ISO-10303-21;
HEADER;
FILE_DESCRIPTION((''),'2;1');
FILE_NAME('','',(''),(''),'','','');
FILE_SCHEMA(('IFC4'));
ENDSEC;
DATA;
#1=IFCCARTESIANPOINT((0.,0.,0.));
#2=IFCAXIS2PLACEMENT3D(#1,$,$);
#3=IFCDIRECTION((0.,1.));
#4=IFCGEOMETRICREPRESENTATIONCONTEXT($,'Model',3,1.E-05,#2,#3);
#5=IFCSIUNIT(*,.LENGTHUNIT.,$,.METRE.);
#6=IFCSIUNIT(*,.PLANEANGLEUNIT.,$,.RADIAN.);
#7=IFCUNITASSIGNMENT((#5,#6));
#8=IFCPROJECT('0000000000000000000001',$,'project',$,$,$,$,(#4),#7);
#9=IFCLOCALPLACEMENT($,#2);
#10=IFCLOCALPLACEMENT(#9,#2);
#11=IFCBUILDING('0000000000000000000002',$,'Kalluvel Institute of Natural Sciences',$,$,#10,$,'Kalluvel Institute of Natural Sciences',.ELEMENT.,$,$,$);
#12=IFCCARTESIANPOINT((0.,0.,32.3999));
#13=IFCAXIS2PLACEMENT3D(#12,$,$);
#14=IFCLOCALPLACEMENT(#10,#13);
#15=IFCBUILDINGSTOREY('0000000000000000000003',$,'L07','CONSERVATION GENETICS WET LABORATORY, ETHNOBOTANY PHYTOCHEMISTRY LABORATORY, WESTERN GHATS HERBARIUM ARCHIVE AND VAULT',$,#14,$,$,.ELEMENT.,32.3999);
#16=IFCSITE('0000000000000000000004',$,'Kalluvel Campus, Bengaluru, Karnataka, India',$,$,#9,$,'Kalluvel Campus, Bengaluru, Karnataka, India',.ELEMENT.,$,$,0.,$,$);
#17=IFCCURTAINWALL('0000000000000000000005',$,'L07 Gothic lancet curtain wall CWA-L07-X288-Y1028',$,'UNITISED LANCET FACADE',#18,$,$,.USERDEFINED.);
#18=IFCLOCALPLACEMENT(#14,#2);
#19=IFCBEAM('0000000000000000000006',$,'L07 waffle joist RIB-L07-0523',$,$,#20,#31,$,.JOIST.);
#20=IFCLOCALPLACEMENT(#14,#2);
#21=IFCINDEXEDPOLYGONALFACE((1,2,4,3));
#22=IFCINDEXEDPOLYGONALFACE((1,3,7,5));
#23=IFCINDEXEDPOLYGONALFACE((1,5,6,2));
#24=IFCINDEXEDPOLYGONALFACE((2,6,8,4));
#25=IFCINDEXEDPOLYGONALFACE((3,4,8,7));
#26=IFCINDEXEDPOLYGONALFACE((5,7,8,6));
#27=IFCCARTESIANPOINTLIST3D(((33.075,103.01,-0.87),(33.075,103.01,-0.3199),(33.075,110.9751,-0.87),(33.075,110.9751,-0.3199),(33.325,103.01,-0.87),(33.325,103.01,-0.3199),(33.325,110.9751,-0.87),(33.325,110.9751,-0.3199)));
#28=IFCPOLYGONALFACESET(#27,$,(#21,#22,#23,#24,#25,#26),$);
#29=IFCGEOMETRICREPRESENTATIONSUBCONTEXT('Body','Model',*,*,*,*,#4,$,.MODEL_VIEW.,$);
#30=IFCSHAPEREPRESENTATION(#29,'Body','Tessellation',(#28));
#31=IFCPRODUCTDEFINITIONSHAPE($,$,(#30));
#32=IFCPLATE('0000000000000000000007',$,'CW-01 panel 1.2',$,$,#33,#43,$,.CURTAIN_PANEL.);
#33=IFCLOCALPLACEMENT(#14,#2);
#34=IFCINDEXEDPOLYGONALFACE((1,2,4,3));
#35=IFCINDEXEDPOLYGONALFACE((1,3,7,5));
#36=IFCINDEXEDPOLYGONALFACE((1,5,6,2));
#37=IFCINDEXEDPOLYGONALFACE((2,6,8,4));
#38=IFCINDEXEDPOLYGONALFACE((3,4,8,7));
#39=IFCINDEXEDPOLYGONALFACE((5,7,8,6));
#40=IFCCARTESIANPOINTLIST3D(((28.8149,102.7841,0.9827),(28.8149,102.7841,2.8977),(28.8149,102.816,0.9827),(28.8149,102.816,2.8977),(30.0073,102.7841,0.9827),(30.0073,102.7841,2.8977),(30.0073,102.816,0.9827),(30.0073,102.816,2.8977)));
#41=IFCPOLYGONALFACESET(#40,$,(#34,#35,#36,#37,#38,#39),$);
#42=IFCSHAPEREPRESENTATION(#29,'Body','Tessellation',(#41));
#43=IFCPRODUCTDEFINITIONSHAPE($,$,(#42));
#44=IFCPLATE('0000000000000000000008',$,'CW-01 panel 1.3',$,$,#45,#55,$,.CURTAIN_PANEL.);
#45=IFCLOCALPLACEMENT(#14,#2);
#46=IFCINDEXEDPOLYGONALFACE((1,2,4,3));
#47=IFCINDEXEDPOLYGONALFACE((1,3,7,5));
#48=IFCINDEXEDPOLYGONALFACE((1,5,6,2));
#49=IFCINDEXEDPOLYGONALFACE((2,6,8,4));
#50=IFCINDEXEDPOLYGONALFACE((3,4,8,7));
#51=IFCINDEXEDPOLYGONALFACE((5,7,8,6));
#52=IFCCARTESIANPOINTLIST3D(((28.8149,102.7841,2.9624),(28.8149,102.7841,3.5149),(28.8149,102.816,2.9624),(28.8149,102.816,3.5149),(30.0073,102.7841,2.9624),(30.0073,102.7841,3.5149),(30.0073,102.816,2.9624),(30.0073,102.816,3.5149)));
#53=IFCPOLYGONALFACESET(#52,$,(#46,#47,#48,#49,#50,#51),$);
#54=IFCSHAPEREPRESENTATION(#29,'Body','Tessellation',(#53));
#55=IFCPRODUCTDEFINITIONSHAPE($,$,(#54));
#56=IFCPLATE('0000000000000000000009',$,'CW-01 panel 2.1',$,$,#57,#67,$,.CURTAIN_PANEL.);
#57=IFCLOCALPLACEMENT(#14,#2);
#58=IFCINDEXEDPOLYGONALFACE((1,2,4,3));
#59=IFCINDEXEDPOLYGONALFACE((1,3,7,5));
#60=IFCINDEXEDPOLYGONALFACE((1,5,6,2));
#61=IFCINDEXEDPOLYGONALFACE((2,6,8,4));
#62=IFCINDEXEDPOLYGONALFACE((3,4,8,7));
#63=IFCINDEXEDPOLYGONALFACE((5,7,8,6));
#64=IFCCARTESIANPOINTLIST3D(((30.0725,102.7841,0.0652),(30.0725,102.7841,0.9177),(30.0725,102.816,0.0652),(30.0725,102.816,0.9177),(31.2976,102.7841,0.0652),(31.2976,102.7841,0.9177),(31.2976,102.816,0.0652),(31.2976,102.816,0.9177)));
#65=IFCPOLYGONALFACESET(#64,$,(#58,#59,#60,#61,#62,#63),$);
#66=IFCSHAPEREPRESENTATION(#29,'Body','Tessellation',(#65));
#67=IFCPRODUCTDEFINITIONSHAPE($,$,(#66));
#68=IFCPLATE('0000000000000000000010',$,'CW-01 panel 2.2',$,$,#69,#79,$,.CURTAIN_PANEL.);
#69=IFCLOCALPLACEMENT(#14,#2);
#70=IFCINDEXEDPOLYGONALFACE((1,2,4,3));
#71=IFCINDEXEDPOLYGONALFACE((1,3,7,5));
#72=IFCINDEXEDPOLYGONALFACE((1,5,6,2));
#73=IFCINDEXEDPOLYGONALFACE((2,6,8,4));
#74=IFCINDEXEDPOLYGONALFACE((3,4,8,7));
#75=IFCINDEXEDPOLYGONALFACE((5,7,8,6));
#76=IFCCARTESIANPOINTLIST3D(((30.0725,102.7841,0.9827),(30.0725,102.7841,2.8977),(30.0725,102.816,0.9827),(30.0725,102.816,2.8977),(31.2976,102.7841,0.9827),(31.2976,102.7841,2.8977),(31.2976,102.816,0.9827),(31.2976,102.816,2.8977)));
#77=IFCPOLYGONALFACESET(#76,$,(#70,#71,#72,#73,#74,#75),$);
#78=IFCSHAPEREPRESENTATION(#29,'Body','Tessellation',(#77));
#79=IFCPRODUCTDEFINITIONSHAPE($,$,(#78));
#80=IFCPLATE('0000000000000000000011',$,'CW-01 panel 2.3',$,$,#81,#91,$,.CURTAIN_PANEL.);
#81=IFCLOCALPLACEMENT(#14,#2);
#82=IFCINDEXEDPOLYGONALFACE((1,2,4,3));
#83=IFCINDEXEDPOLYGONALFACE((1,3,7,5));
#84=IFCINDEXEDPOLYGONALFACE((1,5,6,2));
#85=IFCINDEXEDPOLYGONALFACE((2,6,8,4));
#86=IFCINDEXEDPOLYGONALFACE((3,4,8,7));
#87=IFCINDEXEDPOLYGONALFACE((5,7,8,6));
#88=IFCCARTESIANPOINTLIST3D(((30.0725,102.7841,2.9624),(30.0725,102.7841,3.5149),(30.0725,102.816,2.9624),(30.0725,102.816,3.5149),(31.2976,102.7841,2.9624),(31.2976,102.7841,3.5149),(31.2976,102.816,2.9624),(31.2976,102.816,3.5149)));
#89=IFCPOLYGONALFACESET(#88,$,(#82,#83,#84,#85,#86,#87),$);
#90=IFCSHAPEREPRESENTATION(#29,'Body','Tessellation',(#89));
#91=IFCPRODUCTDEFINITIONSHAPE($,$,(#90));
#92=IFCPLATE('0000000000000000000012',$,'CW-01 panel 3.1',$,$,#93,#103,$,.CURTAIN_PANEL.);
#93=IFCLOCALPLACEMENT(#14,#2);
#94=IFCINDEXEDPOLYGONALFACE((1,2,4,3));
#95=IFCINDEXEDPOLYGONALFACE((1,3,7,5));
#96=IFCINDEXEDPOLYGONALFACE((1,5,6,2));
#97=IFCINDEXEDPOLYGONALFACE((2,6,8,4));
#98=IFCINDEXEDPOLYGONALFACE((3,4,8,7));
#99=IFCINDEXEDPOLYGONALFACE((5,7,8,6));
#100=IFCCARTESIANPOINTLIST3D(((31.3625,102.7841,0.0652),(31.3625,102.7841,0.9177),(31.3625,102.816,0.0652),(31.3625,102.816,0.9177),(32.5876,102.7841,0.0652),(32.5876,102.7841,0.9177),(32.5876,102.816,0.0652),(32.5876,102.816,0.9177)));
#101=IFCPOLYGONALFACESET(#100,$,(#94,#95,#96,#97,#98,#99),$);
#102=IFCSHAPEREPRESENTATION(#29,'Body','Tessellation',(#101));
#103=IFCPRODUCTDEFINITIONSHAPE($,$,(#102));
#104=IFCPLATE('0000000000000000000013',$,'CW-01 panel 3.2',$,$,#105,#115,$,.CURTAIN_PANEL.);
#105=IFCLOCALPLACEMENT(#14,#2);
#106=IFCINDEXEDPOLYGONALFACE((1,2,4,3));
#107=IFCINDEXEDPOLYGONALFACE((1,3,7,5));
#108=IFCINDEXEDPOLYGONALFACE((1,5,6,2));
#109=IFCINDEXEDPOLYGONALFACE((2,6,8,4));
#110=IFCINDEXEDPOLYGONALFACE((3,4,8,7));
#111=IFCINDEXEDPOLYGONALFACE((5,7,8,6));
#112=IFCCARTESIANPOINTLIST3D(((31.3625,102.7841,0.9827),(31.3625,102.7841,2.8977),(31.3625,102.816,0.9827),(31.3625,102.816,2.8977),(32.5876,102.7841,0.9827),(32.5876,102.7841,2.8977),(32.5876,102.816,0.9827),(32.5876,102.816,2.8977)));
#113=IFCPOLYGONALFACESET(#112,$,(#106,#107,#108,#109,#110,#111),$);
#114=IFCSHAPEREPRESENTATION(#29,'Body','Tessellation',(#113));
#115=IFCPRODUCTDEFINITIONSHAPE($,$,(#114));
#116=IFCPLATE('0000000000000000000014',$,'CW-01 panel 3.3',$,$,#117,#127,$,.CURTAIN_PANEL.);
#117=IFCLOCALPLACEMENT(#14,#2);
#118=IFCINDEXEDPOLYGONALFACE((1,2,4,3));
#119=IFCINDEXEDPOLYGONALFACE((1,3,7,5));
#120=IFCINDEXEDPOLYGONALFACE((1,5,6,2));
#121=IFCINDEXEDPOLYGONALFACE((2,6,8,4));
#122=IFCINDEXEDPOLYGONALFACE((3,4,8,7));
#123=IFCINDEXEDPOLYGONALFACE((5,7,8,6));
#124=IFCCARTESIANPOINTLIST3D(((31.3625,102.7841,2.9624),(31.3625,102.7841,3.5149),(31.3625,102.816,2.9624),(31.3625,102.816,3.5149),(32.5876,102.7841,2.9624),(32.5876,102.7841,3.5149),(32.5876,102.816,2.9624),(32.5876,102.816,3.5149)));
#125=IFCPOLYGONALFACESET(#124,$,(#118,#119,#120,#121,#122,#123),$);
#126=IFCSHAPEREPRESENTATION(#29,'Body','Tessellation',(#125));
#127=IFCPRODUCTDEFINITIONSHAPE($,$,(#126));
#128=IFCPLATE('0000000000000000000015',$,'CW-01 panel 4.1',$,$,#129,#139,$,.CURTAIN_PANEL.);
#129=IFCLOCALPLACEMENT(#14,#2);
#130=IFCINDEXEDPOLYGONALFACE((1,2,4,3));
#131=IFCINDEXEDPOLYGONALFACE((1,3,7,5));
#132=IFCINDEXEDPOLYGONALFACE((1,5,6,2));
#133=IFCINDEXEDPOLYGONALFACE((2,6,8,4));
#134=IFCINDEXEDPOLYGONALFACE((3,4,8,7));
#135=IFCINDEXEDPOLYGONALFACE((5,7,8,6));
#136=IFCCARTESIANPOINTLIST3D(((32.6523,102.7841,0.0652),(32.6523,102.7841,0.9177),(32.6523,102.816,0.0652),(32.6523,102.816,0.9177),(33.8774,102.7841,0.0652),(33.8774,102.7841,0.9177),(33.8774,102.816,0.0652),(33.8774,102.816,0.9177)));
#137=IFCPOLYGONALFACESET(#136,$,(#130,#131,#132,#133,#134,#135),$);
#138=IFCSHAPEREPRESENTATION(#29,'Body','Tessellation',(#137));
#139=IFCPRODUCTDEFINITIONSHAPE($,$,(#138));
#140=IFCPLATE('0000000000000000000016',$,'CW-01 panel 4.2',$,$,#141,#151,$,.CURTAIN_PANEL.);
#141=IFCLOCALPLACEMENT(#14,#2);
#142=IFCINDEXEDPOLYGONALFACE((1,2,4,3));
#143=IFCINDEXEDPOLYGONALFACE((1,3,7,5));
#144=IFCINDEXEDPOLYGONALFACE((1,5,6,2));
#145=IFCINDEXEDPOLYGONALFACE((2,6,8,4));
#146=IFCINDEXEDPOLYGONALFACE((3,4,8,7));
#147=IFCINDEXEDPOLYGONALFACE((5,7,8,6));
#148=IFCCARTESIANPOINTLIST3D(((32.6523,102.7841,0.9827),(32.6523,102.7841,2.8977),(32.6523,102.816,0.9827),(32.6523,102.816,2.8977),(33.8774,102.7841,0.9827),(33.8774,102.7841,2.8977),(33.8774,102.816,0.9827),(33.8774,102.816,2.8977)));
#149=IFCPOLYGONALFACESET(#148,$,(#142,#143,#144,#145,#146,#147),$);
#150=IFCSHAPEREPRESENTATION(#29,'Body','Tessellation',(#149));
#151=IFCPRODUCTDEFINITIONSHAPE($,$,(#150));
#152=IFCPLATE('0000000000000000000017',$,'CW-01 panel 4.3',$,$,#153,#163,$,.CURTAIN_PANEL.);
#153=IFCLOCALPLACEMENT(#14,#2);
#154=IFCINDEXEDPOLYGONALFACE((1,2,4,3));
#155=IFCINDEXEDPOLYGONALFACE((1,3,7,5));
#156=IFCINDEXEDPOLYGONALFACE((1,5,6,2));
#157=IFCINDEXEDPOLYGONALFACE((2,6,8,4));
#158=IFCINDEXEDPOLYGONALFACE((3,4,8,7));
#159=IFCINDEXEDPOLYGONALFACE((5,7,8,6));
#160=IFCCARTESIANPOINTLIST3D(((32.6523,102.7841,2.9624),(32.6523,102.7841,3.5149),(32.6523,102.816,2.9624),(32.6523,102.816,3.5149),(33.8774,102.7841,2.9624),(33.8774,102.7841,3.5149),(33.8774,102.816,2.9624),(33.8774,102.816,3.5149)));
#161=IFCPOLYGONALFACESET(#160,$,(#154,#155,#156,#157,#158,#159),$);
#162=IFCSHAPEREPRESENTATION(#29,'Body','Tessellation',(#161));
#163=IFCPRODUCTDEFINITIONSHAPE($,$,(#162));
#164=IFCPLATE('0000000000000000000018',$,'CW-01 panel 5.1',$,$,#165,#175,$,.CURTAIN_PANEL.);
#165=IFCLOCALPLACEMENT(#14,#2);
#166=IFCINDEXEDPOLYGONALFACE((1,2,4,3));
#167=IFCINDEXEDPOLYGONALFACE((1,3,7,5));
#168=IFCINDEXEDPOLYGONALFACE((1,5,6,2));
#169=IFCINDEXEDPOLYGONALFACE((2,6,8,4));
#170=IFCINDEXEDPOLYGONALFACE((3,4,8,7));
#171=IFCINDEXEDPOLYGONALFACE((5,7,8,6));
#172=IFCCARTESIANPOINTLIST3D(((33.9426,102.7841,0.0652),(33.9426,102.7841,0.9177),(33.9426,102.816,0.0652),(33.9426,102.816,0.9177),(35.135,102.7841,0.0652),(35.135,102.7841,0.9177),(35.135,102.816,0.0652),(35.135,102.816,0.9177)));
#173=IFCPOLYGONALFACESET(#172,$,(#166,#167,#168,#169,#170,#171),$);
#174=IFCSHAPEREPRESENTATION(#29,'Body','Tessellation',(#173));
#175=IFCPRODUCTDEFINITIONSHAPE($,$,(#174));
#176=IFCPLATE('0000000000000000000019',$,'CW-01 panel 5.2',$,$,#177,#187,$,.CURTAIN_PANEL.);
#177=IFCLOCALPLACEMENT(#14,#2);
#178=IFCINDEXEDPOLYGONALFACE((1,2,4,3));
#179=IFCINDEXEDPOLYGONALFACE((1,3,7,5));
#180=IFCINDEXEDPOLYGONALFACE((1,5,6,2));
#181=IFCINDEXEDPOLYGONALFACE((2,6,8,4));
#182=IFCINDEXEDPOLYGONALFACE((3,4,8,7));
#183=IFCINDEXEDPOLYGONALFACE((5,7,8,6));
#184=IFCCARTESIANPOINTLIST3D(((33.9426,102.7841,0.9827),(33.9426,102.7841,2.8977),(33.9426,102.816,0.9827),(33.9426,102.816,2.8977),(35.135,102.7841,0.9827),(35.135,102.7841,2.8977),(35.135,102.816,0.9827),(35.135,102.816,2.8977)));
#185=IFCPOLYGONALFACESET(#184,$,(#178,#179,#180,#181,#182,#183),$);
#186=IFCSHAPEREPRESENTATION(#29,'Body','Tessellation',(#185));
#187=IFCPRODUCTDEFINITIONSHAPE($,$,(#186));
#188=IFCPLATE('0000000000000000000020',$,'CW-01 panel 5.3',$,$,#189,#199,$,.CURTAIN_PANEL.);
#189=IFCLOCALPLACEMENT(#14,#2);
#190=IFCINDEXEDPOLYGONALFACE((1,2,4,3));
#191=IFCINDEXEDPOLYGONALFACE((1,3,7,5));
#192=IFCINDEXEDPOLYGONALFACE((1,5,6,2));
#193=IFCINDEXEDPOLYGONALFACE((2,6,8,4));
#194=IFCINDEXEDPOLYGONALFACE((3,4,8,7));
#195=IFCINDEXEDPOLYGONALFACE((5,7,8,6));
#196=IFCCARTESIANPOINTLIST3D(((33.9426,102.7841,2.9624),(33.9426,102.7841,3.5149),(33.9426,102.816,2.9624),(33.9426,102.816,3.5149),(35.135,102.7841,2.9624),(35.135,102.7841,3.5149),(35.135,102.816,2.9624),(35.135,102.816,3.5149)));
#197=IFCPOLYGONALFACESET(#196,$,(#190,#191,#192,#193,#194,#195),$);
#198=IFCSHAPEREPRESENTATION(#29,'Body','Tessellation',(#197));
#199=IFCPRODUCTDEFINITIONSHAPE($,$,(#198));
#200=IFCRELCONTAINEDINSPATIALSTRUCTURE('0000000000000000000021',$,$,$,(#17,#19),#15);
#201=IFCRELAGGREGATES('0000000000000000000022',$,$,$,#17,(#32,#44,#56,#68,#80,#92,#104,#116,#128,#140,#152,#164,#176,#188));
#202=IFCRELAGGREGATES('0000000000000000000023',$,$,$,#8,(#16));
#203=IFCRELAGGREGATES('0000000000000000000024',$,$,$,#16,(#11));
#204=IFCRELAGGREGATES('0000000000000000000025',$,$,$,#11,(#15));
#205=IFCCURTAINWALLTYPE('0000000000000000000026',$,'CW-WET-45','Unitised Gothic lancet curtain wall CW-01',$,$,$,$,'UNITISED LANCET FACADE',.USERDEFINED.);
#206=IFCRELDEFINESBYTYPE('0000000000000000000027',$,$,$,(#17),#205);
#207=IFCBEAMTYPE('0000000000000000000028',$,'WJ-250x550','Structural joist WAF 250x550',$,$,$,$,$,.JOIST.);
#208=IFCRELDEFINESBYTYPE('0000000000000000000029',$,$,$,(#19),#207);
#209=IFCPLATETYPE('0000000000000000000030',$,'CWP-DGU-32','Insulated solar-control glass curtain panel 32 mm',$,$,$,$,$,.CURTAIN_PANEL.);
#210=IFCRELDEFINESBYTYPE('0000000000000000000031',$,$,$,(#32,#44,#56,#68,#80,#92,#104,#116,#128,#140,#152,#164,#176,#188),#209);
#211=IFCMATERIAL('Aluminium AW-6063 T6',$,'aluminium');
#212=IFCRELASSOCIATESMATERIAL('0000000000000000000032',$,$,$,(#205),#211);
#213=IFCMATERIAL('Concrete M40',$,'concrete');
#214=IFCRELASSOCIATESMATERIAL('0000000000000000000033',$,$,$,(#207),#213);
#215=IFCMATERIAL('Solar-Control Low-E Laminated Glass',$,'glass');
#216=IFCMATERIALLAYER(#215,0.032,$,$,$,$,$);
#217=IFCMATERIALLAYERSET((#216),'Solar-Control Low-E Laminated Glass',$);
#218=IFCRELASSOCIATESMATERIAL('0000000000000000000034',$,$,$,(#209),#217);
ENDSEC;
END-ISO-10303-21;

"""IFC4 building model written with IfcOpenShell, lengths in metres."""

from ifc_helpers import new_model, si_unit, direction, frame, origin, origin_2d, place, context, subcontext, project, spatial, rectangle, extrude, material, layer, layer_set, material_profile, profile_set, type_object, element, aggregate, save


model = new_model("IFC4")

# Units and contexts
model_context = context("Model", 3, precision=1e-05, world=origin(), true_north=direction((0.0, 1.0)))
body_context = subcontext(model_context, "Body", "Model", "MODEL_VIEW")
ifc_project = project(units=[si_unit("LENGTHUNIT", "METRE"), si_unit("PLANEANGLEUNIT", "RADIAN")], contexts=[model_context])

# Site, building, storey
site_placement = place(None, origin())
site = spatial("IfcSite", under=ifc_project, at=site_placement, Name="Kalluvel Campus, Bengaluru, Karnataka, India", LongName="Kalluvel Campus, Bengaluru, Karnataka, India", CompositionType="ELEMENT", RefElevation=0.0)
building_placement = place(site_placement, origin())
building = spatial("IfcBuilding", under=site, at=building_placement, Name="Kalluvel Institute of Natural Sciences", LongName="Kalluvel Institute of Natural Sciences", CompositionType="ELEMENT")
storey_placement = place(building_placement, frame((0.0, 0.0, 32.3999)))
storey = spatial("IfcBuildingStorey", under=building, at=storey_placement, Name="L07", Description="CONSERVATION GENETICS WET LABORATORY, ETHNOBOTANY PHYTOCHEMISTRY LABORATORY, WESTERN GHATS HERBARIUM ARCHIVE AND VAULT", CompositionType="ELEMENT", Elevation=32.3999)

# Curtain wall
ifc_material_1 = material(Name="Aluminium AW-6063 T6", Category="aluminium")
curtain_wall_type = type_object("IfcCurtainWallType", Name="CW-WET-45", Description="Unitised Gothic lancet curtain wall CW-01", ElementType="UNITISED LANCET FACADE", PredefinedType="USERDEFINED", material=ifc_material_1)
curtain_wall_placement = place(storey_placement, origin())
curtain_wall = element("IfcCurtainWall", 1, at=curtain_wall_placement, inside=storey, type_object=curtain_wall_type, Name="L07 Gothic lancet curtain wall CWA-L07-X288-Y1028", ObjectType="UNITISED LANCET FACADE", PredefinedType="USERDEFINED")

# Beam
ifc_material_2 = material(Name="Concrete M40", Category="concrete")
ifc_material_profile_1 = material_profile(ifc_material_2, rectangle(XDim=0.25, YDim=0.55, at=origin_2d()), Name="WAF 250x550")
ifc_profile_set_1 = profile_set([ifc_material_profile_1], Name="Concrete M40")
beam_type_1 = type_object("IfcBeamType", Name="WJ-250x550", Description="Structural joist WAF 250x550", PredefinedType="JOIST", material=ifc_profile_set_1)
beam_1_placement = place(storey_placement, frame((33.2, 103.01, -0.595), z_axis=(0.0, 1.0, 0.0), x_axis=(-1.0, 0.0, 0.0)))
element("IfcBeam", 2, at=beam_1_placement, inside=storey, type_object=beam_type_1, Name="L07 waffle joist RIB-L07-0523", PredefinedType="JOIST", context=body_context, shape_type="SweptSolid", body=[
    extrude(rectangle(XDim=0.25, YDim=0.55, at=origin_2d()), origin(), (0.0, 0.0, 1.0), 7.9651),
])

# Plates
ifc_material_3 = material(Name="Solar-Control Low-E Laminated Glass", Category="glass")
ifc_layer_1 = layer(ifc_material_3, 0.032)
ifc_layer_set_1 = layer_set([ifc_layer_1], Name="Solar-Control Low-E Laminated Glass")
plate_type = type_object("IfcPlateType", Name="CWP-DGU-32", Description="Insulated solar-control glass curtain panel 32 mm", PredefinedType="CURTAIN_PANEL", material=ifc_layer_set_1)
plate_1_placement = place(storey_placement, frame((29.4111, 102.8, 0.9827), z_axis=(0.0, 0.0, 1.0), x_axis=(1.0, 0.0, 0.0)))
plate_1 = element("IfcPlate", 3, at=plate_1_placement, type_object=plate_type, Name="CW-01 panel 1.2", PredefinedType="CURTAIN_PANEL", context=body_context, shape_type="SweptSolid", body=[
    extrude(rectangle(XDim=1.1924, YDim=0.032, at=origin_2d()), origin(), (0.0, 0.0, 1.0), 1.915),
])
plate_2_placement = place(storey_placement, frame((29.4111, 102.8, 2.9624), z_axis=(0.0, 0.0, 1.0), x_axis=(1.0, 0.0, 0.0)))
plate_2 = element("IfcPlate", 4, at=plate_2_placement, type_object=plate_type, Name="CW-01 panel 1.3", PredefinedType="CURTAIN_PANEL", context=body_context, shape_type="SweptSolid", body=[
    extrude(rectangle(XDim=1.1924, YDim=0.032, at=origin_2d()), origin(), (0.0, 0.0, 1.0), 0.5525),
])
plate_3_placement = place(storey_placement, frame((30.6851, 102.8, 0.0652), z_axis=(0.0, 0.0, 1.0), x_axis=(1.0, 0.0, 0.0)))
plate_3 = element("IfcPlate", 5, at=plate_3_placement, type_object=plate_type, Name="CW-01 panel 2.1", PredefinedType="CURTAIN_PANEL", context=body_context, shape_type="SweptSolid", body=[
    extrude(rectangle(XDim=1.2251, YDim=0.032, at=origin_2d()), origin(), (0.0, 0.0, 1.0), 0.8525),
])
plate_4_placement = place(storey_placement, frame((30.6851, 102.8, 0.9827), z_axis=(0.0, 0.0, 1.0), x_axis=(1.0, 0.0, 0.0)))
plate_4 = element("IfcPlate", 6, at=plate_4_placement, type_object=plate_type, Name="CW-01 panel 2.2", PredefinedType="CURTAIN_PANEL", context=body_context, shape_type="SweptSolid", body=[
    extrude(rectangle(XDim=1.2251, YDim=0.032, at=origin_2d()), origin(), (0.0, 0.0, 1.0), 1.915),
])
plate_5_placement = place(storey_placement, frame((30.6851, 102.8, 2.9624), z_axis=(0.0, 0.0, 1.0), x_axis=(1.0, 0.0, 0.0)))
plate_5 = element("IfcPlate", 7, at=plate_5_placement, type_object=plate_type, Name="CW-01 panel 2.3", PredefinedType="CURTAIN_PANEL", context=body_context, shape_type="SweptSolid", body=[
    extrude(rectangle(XDim=1.2251, YDim=0.032, at=origin_2d()), origin(), (0.0, 0.0, 1.0), 0.5525),
])
plate_6_placement = place(storey_placement, frame((31.9751, 102.8, 0.0652), z_axis=(0.0, 0.0, 1.0), x_axis=(1.0, 0.0, 0.0)))
plate_6 = element("IfcPlate", 8, at=plate_6_placement, type_object=plate_type, Name="CW-01 panel 3.1", PredefinedType="CURTAIN_PANEL", context=body_context, shape_type="SweptSolid", body=[
    extrude(rectangle(XDim=1.2251, YDim=0.032, at=origin_2d()), origin(), (0.0, 0.0, 1.0), 0.8525),
])
plate_7_placement = place(storey_placement, frame((31.9751, 102.8, 0.9827), z_axis=(0.0, 0.0, 1.0), x_axis=(1.0, 0.0, 0.0)))
plate_7 = element("IfcPlate", 9, at=plate_7_placement, type_object=plate_type, Name="CW-01 panel 3.2", PredefinedType="CURTAIN_PANEL", context=body_context, shape_type="SweptSolid", body=[
    extrude(rectangle(XDim=1.2251, YDim=0.032, at=origin_2d()), origin(), (0.0, 0.0, 1.0), 1.915),
])
plate_8_placement = place(storey_placement, frame((31.9751, 102.8, 2.9624), z_axis=(0.0, 0.0, 1.0), x_axis=(1.0, 0.0, 0.0)))
plate_8 = element("IfcPlate", 10, at=plate_8_placement, type_object=plate_type, Name="CW-01 panel 3.3", PredefinedType="CURTAIN_PANEL", context=body_context, shape_type="SweptSolid", body=[
    extrude(rectangle(XDim=1.2251, YDim=0.032, at=origin_2d()), origin(), (0.0, 0.0, 1.0), 0.5525),
])
plate_9_placement = place(storey_placement, frame((33.2649, 102.8, 0.0652), z_axis=(0.0, 0.0, 1.0), x_axis=(1.0, 0.0, 0.0)))
plate_9 = element("IfcPlate", 11, at=plate_9_placement, type_object=plate_type, Name="CW-01 panel 4.1", PredefinedType="CURTAIN_PANEL", context=body_context, shape_type="SweptSolid", body=[
    extrude(rectangle(XDim=1.2251, YDim=0.032, at=origin_2d()), origin(), (0.0, 0.0, 1.0), 0.8525),
])
plate_10_placement = place(storey_placement, frame((33.2649, 102.8, 0.9827), z_axis=(0.0, 0.0, 1.0), x_axis=(1.0, 0.0, 0.0)))
plate_10 = element("IfcPlate", 12, at=plate_10_placement, type_object=plate_type, Name="CW-01 panel 4.2", PredefinedType="CURTAIN_PANEL", context=body_context, shape_type="SweptSolid", body=[
    extrude(rectangle(XDim=1.2251, YDim=0.032, at=origin_2d()), origin(), (0.0, 0.0, 1.0), 1.915),
])
plate_11_placement = place(storey_placement, frame((33.2649, 102.8, 2.9624), z_axis=(0.0, 0.0, 1.0), x_axis=(1.0, 0.0, 0.0)))
plate_11 = element("IfcPlate", 13, at=plate_11_placement, type_object=plate_type, Name="CW-01 panel 4.3", PredefinedType="CURTAIN_PANEL", context=body_context, shape_type="SweptSolid", body=[
    extrude(rectangle(XDim=1.2251, YDim=0.032, at=origin_2d()), origin(), (0.0, 0.0, 1.0), 0.5525),
])
plate_12_placement = place(storey_placement, frame((34.5388, 102.8, 0.0652), z_axis=(0.0, 0.0, 1.0), x_axis=(1.0, 0.0, 0.0)))
plate_12 = element("IfcPlate", 14, at=plate_12_placement, type_object=plate_type, Name="CW-01 panel 5.1", PredefinedType="CURTAIN_PANEL", context=body_context, shape_type="SweptSolid", body=[
    extrude(rectangle(XDim=1.1924, YDim=0.032, at=origin_2d()), origin(), (0.0, 0.0, 1.0), 0.8525),
])
plate_13_placement = place(storey_placement, frame((34.5388, 102.8, 0.9827), z_axis=(0.0, 0.0, 1.0), x_axis=(1.0, 0.0, 0.0)))
plate_13 = element("IfcPlate", 15, at=plate_13_placement, type_object=plate_type, Name="CW-01 panel 5.2", PredefinedType="CURTAIN_PANEL", context=body_context, shape_type="SweptSolid", body=[
    extrude(rectangle(XDim=1.1924, YDim=0.032, at=origin_2d()), origin(), (0.0, 0.0, 1.0), 1.915),
])
plate_14_placement = place(storey_placement, frame((34.5388, 102.8, 2.9624), z_axis=(0.0, 0.0, 1.0), x_axis=(1.0, 0.0, 0.0)))
plate_14 = element("IfcPlate", 16, at=plate_14_placement, type_object=plate_type, Name="CW-01 panel 5.3", PredefinedType="CURTAIN_PANEL", context=body_context, shape_type="SweptSolid", body=[
    extrude(rectangle(XDim=1.1924, YDim=0.032, at=origin_2d()), origin(), (0.0, 0.0, 1.0), 0.5525),
])
aggregate(curtain_wall, [plate_1, plate_2, plate_3, plate_4, plate_5, plate_6, plate_7, plate_8, plate_9, plate_10, plate_11, plate_12, plate_13, plate_14])

save(model, "model.ifc")
